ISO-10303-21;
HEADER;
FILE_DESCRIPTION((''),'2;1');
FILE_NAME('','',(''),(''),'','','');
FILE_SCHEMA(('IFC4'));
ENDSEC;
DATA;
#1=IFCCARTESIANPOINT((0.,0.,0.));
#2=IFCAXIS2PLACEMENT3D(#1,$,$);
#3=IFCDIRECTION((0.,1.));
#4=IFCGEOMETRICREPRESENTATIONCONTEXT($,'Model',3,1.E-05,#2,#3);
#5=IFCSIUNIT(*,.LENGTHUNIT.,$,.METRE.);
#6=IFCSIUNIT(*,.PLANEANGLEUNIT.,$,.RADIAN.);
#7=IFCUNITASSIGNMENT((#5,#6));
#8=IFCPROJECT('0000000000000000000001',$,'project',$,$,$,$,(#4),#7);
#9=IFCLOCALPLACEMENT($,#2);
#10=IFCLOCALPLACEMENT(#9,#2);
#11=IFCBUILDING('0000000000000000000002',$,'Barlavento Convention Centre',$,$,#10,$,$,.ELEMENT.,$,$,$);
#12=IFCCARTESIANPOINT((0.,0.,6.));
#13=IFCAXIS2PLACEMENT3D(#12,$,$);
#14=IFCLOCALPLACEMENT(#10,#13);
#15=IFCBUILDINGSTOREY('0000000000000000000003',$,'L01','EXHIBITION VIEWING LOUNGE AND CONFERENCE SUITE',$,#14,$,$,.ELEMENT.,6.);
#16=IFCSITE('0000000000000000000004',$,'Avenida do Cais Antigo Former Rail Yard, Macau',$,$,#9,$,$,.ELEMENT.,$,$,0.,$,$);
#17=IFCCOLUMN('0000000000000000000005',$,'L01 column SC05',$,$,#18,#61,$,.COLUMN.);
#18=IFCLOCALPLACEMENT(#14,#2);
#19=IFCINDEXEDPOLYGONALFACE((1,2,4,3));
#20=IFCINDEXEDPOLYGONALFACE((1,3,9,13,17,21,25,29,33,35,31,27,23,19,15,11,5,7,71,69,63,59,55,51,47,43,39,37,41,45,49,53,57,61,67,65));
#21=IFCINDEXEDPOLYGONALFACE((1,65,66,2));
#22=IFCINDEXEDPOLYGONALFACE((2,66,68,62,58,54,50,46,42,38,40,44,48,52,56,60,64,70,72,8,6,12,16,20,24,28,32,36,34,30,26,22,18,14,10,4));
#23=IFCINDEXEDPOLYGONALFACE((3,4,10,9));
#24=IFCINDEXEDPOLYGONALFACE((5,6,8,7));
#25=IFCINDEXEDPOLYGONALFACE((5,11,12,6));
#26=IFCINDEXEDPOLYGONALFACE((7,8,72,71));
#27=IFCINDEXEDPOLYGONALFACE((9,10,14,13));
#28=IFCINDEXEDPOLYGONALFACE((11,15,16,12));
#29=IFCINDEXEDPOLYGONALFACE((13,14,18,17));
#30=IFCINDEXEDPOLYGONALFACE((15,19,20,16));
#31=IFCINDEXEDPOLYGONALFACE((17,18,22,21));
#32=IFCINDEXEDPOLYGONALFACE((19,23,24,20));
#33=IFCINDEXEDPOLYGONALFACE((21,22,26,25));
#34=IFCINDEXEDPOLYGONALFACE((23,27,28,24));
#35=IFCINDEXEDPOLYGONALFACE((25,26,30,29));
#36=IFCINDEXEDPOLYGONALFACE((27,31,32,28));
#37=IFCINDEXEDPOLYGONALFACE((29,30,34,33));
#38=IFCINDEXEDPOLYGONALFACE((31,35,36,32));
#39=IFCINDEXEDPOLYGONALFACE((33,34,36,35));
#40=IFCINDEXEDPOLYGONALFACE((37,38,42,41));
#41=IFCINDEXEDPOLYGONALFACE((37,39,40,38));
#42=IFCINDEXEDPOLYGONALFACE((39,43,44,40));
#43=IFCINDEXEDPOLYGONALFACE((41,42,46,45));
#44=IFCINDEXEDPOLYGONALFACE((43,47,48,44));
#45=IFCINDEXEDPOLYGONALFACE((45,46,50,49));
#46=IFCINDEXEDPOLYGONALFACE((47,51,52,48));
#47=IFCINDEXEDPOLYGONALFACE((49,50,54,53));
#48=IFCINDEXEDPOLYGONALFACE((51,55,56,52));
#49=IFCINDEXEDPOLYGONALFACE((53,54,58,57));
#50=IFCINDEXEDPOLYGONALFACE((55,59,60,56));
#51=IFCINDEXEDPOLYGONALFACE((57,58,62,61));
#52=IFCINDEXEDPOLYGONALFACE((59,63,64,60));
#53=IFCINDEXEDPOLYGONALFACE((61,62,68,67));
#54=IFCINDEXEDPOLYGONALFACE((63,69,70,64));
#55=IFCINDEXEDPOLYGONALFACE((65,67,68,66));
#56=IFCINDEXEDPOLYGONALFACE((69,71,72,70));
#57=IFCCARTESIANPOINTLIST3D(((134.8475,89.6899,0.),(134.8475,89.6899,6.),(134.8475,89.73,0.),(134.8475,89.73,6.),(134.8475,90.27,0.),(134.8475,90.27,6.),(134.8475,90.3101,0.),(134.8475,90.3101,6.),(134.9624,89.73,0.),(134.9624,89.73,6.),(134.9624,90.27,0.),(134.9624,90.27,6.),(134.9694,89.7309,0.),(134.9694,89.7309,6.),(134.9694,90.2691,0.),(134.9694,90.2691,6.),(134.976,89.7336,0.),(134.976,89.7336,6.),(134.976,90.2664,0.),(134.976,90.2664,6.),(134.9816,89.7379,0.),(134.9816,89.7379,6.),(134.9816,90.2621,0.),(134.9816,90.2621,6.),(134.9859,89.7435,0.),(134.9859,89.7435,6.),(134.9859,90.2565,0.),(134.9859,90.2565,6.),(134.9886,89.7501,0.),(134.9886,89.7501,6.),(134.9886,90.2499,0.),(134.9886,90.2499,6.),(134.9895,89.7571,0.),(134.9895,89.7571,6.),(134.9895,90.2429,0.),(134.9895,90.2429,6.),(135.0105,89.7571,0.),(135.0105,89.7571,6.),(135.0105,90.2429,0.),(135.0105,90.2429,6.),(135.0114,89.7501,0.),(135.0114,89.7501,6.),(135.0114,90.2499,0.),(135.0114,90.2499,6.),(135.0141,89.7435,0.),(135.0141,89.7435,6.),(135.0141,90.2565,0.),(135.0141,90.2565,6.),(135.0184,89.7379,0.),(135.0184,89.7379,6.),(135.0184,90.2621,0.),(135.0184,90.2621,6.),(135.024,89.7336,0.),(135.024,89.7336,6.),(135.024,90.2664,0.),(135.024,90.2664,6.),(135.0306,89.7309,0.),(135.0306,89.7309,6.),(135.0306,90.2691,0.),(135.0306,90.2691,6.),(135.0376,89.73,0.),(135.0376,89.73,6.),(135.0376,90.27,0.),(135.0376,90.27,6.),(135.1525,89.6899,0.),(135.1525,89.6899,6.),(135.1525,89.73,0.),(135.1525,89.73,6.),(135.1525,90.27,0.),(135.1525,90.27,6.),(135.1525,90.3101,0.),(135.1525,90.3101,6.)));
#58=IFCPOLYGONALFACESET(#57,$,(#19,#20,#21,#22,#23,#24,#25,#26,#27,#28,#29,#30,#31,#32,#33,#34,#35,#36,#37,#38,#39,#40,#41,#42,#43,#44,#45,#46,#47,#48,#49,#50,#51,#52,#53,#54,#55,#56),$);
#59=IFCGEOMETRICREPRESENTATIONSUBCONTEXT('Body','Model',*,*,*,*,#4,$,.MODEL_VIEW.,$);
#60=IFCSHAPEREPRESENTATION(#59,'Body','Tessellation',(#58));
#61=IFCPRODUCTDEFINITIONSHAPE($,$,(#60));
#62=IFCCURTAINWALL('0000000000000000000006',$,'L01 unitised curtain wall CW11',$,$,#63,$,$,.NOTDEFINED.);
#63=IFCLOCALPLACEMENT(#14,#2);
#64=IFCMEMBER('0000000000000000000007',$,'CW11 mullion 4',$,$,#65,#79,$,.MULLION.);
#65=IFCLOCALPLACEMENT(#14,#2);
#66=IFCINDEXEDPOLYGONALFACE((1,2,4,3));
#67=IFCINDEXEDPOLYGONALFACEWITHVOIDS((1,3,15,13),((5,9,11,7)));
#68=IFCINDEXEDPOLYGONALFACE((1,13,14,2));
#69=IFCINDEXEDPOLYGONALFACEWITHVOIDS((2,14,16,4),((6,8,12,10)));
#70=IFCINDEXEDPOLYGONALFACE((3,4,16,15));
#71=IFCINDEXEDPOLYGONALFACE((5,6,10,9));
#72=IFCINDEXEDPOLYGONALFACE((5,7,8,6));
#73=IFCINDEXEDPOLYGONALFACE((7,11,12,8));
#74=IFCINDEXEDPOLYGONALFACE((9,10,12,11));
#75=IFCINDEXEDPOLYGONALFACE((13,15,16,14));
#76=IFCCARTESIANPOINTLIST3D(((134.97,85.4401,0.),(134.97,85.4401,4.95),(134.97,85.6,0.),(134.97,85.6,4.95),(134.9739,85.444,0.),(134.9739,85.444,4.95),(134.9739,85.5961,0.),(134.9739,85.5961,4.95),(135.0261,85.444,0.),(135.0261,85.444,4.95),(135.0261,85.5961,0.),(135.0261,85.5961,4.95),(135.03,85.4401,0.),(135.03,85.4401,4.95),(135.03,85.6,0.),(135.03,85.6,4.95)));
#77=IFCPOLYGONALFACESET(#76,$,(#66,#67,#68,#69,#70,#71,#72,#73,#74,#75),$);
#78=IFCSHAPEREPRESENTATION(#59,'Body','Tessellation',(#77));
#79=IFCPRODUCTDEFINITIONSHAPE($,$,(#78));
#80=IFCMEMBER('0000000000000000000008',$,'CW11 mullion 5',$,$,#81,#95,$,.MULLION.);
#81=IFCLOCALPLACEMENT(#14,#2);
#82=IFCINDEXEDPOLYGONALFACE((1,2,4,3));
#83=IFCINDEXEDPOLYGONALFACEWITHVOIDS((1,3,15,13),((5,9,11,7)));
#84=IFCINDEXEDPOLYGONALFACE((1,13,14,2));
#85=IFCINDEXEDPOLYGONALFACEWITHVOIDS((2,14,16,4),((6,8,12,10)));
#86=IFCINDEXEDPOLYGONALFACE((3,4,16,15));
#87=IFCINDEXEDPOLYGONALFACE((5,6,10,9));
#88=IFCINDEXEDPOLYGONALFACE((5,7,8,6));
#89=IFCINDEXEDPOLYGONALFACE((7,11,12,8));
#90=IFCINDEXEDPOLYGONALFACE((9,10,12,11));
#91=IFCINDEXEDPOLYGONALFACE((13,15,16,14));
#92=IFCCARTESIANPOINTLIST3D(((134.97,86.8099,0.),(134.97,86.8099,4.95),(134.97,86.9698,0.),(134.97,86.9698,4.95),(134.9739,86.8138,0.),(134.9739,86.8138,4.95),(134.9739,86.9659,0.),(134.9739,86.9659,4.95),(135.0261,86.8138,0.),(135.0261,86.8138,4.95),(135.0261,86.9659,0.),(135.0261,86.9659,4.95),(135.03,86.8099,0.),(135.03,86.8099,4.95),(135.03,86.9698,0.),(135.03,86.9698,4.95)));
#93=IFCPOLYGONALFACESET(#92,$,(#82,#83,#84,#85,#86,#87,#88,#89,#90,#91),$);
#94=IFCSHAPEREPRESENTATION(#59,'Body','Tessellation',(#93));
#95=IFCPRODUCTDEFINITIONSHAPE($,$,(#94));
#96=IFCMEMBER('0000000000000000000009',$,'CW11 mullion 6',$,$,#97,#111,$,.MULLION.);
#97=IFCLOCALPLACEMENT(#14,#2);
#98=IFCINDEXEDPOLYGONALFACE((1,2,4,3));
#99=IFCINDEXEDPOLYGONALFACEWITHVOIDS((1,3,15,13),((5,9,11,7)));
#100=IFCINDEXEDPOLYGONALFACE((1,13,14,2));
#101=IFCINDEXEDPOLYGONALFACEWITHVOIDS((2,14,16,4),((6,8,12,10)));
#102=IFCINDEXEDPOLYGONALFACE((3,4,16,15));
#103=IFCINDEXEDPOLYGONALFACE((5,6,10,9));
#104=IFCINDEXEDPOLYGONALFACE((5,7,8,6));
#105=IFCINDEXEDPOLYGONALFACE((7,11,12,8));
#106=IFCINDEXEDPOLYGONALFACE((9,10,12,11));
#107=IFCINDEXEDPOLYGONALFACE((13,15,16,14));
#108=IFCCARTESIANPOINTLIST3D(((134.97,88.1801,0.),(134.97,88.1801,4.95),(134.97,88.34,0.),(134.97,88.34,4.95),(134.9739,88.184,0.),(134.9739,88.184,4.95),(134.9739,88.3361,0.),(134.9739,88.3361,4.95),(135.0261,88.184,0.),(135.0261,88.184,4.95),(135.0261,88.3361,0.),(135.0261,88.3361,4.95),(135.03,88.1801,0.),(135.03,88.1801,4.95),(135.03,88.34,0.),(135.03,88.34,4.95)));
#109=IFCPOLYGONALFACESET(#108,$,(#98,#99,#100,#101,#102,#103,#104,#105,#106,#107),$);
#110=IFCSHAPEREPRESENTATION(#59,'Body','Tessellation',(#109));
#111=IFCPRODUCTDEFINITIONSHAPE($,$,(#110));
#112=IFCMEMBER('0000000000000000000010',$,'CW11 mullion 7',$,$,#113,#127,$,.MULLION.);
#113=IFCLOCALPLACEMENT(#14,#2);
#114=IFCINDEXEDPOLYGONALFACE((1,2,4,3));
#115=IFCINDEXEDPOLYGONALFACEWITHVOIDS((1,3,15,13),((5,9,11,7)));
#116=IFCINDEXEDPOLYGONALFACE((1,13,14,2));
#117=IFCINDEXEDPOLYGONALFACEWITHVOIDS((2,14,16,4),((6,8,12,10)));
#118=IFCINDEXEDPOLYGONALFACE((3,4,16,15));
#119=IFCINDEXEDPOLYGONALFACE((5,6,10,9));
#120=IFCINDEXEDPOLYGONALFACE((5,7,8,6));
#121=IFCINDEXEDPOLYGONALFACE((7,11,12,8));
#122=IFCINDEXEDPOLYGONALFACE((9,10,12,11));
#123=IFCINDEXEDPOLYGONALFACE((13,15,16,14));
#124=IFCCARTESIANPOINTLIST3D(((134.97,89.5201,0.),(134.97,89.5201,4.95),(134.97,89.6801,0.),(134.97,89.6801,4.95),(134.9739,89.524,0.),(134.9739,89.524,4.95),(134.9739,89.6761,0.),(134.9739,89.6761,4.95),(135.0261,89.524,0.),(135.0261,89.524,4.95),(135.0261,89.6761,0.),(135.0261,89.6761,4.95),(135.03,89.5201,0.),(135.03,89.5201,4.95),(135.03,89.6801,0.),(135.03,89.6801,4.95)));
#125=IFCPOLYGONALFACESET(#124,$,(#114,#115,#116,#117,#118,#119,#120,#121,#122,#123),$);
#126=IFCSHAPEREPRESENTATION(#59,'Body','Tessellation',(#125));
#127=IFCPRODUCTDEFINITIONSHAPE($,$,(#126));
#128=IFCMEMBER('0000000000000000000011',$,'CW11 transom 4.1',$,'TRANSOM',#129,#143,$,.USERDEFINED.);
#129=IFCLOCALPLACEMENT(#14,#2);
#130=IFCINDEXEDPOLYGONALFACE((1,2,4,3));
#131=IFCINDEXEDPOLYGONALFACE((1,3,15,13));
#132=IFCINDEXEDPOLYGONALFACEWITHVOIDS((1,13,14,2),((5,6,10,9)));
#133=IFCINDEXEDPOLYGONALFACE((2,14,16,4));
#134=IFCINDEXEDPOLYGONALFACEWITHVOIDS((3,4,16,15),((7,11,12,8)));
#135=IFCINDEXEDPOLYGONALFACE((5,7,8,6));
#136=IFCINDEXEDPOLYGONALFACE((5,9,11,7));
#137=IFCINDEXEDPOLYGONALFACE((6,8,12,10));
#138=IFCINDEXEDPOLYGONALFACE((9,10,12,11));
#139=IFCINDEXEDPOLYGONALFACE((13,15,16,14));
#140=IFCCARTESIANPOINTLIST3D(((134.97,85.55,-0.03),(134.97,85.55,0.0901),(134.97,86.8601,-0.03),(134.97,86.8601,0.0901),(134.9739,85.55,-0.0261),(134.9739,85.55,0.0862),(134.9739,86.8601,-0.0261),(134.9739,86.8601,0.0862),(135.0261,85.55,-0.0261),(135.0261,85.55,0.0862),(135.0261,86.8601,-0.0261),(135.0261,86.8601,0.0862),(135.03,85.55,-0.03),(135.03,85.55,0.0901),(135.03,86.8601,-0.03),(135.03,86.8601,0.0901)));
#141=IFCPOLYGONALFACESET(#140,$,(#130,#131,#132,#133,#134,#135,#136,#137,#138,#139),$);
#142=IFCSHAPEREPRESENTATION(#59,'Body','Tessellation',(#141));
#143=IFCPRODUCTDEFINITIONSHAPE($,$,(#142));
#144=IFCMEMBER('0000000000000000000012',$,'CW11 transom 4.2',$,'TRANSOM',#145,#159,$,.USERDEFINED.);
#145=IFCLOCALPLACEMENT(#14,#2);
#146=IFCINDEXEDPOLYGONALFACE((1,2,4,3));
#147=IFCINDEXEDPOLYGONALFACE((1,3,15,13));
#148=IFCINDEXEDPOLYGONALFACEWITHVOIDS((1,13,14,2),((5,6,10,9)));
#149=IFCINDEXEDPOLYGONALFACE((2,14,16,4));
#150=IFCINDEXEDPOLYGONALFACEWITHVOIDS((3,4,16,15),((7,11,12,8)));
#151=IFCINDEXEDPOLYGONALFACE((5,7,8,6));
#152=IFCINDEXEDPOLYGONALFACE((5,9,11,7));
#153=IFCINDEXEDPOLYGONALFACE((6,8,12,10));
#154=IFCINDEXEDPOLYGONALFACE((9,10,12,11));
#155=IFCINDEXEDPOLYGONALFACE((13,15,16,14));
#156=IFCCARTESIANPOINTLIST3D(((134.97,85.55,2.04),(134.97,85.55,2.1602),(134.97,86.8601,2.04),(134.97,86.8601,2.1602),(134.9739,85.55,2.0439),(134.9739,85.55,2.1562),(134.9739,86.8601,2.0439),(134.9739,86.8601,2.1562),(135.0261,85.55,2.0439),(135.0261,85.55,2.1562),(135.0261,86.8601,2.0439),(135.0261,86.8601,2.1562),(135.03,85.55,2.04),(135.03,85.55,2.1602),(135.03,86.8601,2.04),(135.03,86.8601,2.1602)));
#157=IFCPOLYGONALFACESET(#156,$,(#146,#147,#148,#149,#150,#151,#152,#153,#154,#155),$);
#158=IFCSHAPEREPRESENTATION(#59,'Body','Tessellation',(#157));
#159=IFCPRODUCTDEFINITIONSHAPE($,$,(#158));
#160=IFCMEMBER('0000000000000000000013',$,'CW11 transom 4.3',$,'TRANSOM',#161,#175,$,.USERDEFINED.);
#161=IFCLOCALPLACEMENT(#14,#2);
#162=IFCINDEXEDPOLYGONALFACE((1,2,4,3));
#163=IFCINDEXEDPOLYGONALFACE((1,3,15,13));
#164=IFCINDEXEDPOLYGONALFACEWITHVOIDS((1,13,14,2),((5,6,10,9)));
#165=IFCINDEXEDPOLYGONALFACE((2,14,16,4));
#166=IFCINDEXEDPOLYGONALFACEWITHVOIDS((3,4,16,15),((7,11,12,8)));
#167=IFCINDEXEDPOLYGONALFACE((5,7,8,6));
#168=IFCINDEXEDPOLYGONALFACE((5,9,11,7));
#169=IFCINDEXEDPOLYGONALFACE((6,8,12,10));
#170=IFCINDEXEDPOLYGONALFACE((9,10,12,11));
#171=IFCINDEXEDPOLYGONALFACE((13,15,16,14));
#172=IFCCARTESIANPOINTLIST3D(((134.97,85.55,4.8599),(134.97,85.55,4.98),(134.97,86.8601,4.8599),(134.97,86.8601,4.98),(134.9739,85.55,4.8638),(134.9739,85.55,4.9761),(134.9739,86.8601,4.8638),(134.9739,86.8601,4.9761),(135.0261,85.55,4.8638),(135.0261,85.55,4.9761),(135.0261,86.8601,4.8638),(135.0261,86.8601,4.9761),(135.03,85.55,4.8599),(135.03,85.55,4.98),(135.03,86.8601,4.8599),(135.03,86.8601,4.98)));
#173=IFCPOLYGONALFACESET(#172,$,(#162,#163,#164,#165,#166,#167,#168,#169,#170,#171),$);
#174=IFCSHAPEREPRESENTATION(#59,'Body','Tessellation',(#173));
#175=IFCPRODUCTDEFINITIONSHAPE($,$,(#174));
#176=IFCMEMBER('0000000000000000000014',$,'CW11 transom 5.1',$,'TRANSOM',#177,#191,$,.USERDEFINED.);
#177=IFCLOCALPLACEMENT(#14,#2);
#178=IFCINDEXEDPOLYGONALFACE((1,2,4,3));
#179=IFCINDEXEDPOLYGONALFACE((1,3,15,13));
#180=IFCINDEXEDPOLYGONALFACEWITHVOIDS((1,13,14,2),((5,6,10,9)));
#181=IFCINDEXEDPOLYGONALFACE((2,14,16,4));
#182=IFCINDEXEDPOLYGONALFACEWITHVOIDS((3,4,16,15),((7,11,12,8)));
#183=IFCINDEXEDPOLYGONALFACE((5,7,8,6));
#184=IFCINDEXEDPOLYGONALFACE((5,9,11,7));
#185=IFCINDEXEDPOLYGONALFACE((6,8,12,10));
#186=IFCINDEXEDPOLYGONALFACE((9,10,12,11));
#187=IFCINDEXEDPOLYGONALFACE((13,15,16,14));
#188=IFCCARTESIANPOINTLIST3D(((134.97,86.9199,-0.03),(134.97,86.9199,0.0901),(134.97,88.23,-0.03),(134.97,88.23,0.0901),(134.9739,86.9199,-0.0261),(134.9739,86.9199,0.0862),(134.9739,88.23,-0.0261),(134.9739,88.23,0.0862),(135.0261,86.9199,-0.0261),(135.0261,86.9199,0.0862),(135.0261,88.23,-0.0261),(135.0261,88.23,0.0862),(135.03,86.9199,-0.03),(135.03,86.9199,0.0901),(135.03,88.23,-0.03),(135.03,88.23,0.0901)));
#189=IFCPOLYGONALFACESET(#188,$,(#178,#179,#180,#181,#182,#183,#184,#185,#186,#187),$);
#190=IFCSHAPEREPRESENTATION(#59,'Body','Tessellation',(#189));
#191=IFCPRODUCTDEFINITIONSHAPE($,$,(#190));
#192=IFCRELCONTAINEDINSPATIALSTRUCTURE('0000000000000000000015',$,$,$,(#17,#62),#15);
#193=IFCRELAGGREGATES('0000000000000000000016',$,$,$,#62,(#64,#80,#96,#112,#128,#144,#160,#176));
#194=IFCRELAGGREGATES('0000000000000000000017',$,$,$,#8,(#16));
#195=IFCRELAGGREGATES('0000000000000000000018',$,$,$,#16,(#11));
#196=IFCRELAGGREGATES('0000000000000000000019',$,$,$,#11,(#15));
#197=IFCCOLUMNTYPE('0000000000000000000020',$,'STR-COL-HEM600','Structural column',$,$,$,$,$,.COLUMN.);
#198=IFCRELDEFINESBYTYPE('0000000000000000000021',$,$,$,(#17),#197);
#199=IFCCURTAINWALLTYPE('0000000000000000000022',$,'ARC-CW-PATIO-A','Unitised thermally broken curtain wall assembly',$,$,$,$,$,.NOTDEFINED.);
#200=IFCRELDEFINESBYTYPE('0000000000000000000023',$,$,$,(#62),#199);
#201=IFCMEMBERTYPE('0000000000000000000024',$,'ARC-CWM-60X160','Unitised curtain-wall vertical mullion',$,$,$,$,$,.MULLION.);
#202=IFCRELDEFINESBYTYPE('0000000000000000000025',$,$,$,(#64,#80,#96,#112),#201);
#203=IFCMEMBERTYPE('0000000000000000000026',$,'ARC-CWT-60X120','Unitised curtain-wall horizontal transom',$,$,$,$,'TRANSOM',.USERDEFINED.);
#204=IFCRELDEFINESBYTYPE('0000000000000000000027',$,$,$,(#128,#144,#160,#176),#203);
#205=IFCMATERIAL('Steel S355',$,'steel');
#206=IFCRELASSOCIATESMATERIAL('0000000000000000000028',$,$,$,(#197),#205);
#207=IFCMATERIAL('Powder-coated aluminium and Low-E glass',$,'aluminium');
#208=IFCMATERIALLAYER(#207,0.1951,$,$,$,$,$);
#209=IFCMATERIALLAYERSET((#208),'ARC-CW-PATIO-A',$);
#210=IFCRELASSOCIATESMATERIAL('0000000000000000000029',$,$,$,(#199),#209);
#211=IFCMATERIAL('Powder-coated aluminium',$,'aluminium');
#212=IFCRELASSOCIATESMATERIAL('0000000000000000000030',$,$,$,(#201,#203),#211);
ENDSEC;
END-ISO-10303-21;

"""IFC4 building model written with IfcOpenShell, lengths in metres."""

from ifc_helpers import new_model, si_unit, direction, frame, origin, origin_2d, place, context, subcontext, project, spatial, hollow_rectangle, i_section, extrude, material, layer, layer_set, material_profile, profile_set, type_object, element, aggregate, save


model = new_model("IFC4")

# Units and contexts
model_context = context("Model", 3, precision=1e-05, world=origin(), true_north=direction((0.0, 1.0)))
body_context = subcontext(model_context, "Body", "Model", "MODEL_VIEW")
ifc_project = project(units=[si_unit("LENGTHUNIT", "METRE"), si_unit("PLANEANGLEUNIT", "RADIAN")], contexts=[model_context])

# Site, building, storey
site_placement = place(None, origin())
site = spatial("IfcSite", under=ifc_project, at=site_placement, Name="Avenida do Cais Antigo Former Rail Yard, Macau", CompositionType="ELEMENT", RefElevation=0.0)
building_placement = place(site_placement, origin())
building = spatial("IfcBuilding", under=site, at=building_placement, Name="Barlavento Convention Centre", CompositionType="ELEMENT")
storey_placement = place(building_placement, frame((0.0, 0.0, 6.0)))
storey = spatial("IfcBuildingStorey", under=building, at=storey_placement, Name="L01", Description="EXHIBITION VIEWING LOUNGE AND CONFERENCE SUITE", CompositionType="ELEMENT", Elevation=6.0)

# Column
ifc_material_1 = material(Name="Steel S355", Category="steel")
ifc_material_profile_1 = material_profile(ifc_material_1, i_section(OverallWidth=0.3049, OverallDepth=0.6201, WebThickness=0.021, FlangeThickness=0.04, FilletRadius=0.0271, at=origin_2d()), Name="HEM 600")
ifc_profile_set_1 = profile_set([ifc_material_profile_1], Name="Steel S355")
column_type = type_object("IfcColumnType", Name="STR-COL-HEM600", Description="Structural column", PredefinedType="COLUMN", material=ifc_profile_set_1)
column_placement = place(storey_placement, frame((135.0, 90.0, 0.0), z_axis=(0.0, 0.0, 1.0), x_axis=(1.0, 0.0, 0.0)))
element("IfcColumn", 1, at=column_placement, inside=storey, type_object=column_type, Name="L01 column SC05", PredefinedType="COLUMN", context=body_context, shape_type="SweptSolid", body=[
    extrude(i_section(OverallWidth=0.3049, OverallDepth=0.6201, WebThickness=0.021, FlangeThickness=0.04, FilletRadius=0.0271, at=origin_2d()), origin(), (0.0, 0.0, 1.0), 6.0),
])

# Curtain wall, members
ifc_material_2 = material(Name="Powder-coated aluminium and Low-E glass", Category="aluminium")
ifc_layer_1 = layer(ifc_material_2, 0.1951)
ifc_layer_set_1 = layer_set([ifc_layer_1], Name="ARC-CW-PATIO-A")
curtain_wall_type = type_object("IfcCurtainWallType", Name="ARC-CW-PATIO-A", Description="Unitised thermally broken curtain wall assembly", PredefinedType="NOTDEFINED", material=ifc_layer_set_1)
curtain_wall_placement = place(storey_placement, origin())
curtain_wall = element("IfcCurtainWall", 2, at=curtain_wall_placement, inside=storey, type_object=curtain_wall_type, Name="L01 unitised curtain wall CW11", PredefinedType="NOTDEFINED")
ifc_material_3 = material(Name="Powder-coated aluminium", Category="aluminium")
ifc_material_profile_2 = material_profile(ifc_material_3, hollow_rectangle(XDim=0.0601, YDim=0.1599, WallThickness=0.0039, at=origin_2d()), Name="AL-MULL 60x160x4")
ifc_profile_set_2 = profile_set([ifc_material_profile_2], Name="Powder-coated aluminium")
member_type_1 = type_object("IfcMemberType", Name="ARC-CWM-60X160", Description="Unitised curtain-wall vertical mullion", PredefinedType="MULLION", material=ifc_profile_set_2)
member_1_placement = place(storey_placement, frame((135.0, 85.52, 0.0), z_axis=(0.0, 0.0, 1.0), x_axis=(-1.0, 0.0, 0.0)))
member_1 = element("IfcMember", 3, at=member_1_placement, type_object=member_type_1, Name="CW11 mullion 4", PredefinedType="MULLION", context=body_context, shape_type="SweptSolid", body=[
    extrude(hollow_rectangle(XDim=0.0601, YDim=0.1599, WallThickness=0.0039, at=origin_2d()), origin(), (0.0, 0.0, 1.0), 4.95),
])
member_2_placement = place(storey_placement, frame((135.0, 86.8899, 0.0), z_axis=(0.0, 0.0, 1.0), x_axis=(-1.0, 0.0, 0.0)))
member_2 = element("IfcMember", 4, at=member_2_placement, type_object=member_type_1, Name="CW11 mullion 5", PredefinedType="MULLION", context=body_context, shape_type="SweptSolid", body=[
    extrude(hollow_rectangle(XDim=0.0601, YDim=0.1599, WallThickness=0.0039, at=origin_2d()), origin(), (0.0, 0.0, 1.0), 4.95),
])
member_3_placement = place(storey_placement, frame((135.0, 88.26, 0.0), z_axis=(0.0, 0.0, 1.0), x_axis=(-1.0, 0.0, 0.0)))
member_3 = element("IfcMember", 5, at=member_3_placement, type_object=member_type_1, Name="CW11 mullion 6", PredefinedType="MULLION", context=body_context, shape_type="SweptSolid", body=[
    extrude(hollow_rectangle(XDim=0.0601, YDim=0.1599, WallThickness=0.0039, at=origin_2d()), origin(), (0.0, 0.0, 1.0), 4.95),
])
member_4_placement = place(storey_placement, frame((135.0, 89.6001, 0.0), z_axis=(0.0, 0.0, 1.0), x_axis=(-1.0, 0.0, 0.0)))
member_4 = element("IfcMember", 6, at=member_4_placement, type_object=member_type_1, Name="CW11 mullion 7", PredefinedType="MULLION", context=body_context, shape_type="SweptSolid", body=[
    extrude(hollow_rectangle(XDim=0.0601, YDim=0.1599, WallThickness=0.0039, at=origin_2d()), origin(), (0.0, 0.0, 1.0), 4.95),
])
ifc_material_profile_3 = material_profile(ifc_material_3, hollow_rectangle(XDim=0.0601, YDim=0.1201, WallThickness=0.0039, at=origin_2d()), Name="AL-TRAN 60x120x4")
ifc_profile_set_3 = profile_set([ifc_material_profile_3], Name="Powder-coated aluminium")
member_type_2 = type_object("IfcMemberType", Name="ARC-CWT-60X120", Description="Unitised curtain-wall horizontal transom", ElementType="TRANSOM", PredefinedType="USERDEFINED", material=ifc_profile_set_3)
member_5_placement = place(storey_placement, frame((135.0, 85.55, 0.03), z_axis=(0.0, 1.0, 0.0), x_axis=(-1.0, 0.0, 0.0)))
member_5 = element("IfcMember", 7, at=member_5_placement, type_object=member_type_2, Name="CW11 transom 4.1", ObjectType="TRANSOM", PredefinedType="USERDEFINED", context=body_context, shape_type="SweptSolid", body=[
    extrude(hollow_rectangle(XDim=0.0601, YDim=0.1201, WallThickness=0.0039, at=origin_2d()), origin(), (0.0, 0.0, 1.0), 1.3101),
])
member_6_placement = place(storey_placement, frame((135.0, 85.55, 2.1001), z_axis=(0.0, 1.0, 0.0), x_axis=(-1.0, 0.0, 0.0)))
member_6 = element("IfcMember", 8, at=member_6_placement, type_object=member_type_2, Name="CW11 transom 4.2", ObjectType="TRANSOM", PredefinedType="USERDEFINED", context=body_context, shape_type="SweptSolid", body=[
    extrude(hollow_rectangle(XDim=0.0601, YDim=0.1201, WallThickness=0.0039, at=origin_2d()), origin(), (0.0, 0.0, 1.0), 1.3101),
])
member_7_placement = place(storey_placement, frame((135.0, 85.55, 4.9199), z_axis=(0.0, 1.0, 0.0), x_axis=(-1.0, 0.0, 0.0)))
member_7 = element("IfcMember", 9, at=member_7_placement, type_object=member_type_2, Name="CW11 transom 4.3", ObjectType="TRANSOM", PredefinedType="USERDEFINED", context=body_context, shape_type="SweptSolid", body=[
    extrude(hollow_rectangle(XDim=0.0601, YDim=0.1201, WallThickness=0.0039, at=origin_2d()), origin(), (0.0, 0.0, 1.0), 1.3101),
])
member_8_placement = place(storey_placement, frame((135.0, 86.9199, 0.03), z_axis=(0.0, 1.0, 0.0), x_axis=(-1.0, 0.0, 0.0)))
member_8 = element("IfcMember", 10, at=member_8_placement, type_object=member_type_2, Name="CW11 transom 5.1", ObjectType="TRANSOM", PredefinedType="USERDEFINED", context=body_context, shape_type="SweptSolid", body=[
    extrude(hollow_rectangle(XDim=0.0601, YDim=0.1201, WallThickness=0.0039, at=origin_2d()), origin(), (0.0, 0.0, 1.0), 1.3101),
])

aggregate(curtain_wall, [member_1, member_2, member_3, member_4, member_5, member_6, member_7, member_8])

save(model, "model.ifc")
